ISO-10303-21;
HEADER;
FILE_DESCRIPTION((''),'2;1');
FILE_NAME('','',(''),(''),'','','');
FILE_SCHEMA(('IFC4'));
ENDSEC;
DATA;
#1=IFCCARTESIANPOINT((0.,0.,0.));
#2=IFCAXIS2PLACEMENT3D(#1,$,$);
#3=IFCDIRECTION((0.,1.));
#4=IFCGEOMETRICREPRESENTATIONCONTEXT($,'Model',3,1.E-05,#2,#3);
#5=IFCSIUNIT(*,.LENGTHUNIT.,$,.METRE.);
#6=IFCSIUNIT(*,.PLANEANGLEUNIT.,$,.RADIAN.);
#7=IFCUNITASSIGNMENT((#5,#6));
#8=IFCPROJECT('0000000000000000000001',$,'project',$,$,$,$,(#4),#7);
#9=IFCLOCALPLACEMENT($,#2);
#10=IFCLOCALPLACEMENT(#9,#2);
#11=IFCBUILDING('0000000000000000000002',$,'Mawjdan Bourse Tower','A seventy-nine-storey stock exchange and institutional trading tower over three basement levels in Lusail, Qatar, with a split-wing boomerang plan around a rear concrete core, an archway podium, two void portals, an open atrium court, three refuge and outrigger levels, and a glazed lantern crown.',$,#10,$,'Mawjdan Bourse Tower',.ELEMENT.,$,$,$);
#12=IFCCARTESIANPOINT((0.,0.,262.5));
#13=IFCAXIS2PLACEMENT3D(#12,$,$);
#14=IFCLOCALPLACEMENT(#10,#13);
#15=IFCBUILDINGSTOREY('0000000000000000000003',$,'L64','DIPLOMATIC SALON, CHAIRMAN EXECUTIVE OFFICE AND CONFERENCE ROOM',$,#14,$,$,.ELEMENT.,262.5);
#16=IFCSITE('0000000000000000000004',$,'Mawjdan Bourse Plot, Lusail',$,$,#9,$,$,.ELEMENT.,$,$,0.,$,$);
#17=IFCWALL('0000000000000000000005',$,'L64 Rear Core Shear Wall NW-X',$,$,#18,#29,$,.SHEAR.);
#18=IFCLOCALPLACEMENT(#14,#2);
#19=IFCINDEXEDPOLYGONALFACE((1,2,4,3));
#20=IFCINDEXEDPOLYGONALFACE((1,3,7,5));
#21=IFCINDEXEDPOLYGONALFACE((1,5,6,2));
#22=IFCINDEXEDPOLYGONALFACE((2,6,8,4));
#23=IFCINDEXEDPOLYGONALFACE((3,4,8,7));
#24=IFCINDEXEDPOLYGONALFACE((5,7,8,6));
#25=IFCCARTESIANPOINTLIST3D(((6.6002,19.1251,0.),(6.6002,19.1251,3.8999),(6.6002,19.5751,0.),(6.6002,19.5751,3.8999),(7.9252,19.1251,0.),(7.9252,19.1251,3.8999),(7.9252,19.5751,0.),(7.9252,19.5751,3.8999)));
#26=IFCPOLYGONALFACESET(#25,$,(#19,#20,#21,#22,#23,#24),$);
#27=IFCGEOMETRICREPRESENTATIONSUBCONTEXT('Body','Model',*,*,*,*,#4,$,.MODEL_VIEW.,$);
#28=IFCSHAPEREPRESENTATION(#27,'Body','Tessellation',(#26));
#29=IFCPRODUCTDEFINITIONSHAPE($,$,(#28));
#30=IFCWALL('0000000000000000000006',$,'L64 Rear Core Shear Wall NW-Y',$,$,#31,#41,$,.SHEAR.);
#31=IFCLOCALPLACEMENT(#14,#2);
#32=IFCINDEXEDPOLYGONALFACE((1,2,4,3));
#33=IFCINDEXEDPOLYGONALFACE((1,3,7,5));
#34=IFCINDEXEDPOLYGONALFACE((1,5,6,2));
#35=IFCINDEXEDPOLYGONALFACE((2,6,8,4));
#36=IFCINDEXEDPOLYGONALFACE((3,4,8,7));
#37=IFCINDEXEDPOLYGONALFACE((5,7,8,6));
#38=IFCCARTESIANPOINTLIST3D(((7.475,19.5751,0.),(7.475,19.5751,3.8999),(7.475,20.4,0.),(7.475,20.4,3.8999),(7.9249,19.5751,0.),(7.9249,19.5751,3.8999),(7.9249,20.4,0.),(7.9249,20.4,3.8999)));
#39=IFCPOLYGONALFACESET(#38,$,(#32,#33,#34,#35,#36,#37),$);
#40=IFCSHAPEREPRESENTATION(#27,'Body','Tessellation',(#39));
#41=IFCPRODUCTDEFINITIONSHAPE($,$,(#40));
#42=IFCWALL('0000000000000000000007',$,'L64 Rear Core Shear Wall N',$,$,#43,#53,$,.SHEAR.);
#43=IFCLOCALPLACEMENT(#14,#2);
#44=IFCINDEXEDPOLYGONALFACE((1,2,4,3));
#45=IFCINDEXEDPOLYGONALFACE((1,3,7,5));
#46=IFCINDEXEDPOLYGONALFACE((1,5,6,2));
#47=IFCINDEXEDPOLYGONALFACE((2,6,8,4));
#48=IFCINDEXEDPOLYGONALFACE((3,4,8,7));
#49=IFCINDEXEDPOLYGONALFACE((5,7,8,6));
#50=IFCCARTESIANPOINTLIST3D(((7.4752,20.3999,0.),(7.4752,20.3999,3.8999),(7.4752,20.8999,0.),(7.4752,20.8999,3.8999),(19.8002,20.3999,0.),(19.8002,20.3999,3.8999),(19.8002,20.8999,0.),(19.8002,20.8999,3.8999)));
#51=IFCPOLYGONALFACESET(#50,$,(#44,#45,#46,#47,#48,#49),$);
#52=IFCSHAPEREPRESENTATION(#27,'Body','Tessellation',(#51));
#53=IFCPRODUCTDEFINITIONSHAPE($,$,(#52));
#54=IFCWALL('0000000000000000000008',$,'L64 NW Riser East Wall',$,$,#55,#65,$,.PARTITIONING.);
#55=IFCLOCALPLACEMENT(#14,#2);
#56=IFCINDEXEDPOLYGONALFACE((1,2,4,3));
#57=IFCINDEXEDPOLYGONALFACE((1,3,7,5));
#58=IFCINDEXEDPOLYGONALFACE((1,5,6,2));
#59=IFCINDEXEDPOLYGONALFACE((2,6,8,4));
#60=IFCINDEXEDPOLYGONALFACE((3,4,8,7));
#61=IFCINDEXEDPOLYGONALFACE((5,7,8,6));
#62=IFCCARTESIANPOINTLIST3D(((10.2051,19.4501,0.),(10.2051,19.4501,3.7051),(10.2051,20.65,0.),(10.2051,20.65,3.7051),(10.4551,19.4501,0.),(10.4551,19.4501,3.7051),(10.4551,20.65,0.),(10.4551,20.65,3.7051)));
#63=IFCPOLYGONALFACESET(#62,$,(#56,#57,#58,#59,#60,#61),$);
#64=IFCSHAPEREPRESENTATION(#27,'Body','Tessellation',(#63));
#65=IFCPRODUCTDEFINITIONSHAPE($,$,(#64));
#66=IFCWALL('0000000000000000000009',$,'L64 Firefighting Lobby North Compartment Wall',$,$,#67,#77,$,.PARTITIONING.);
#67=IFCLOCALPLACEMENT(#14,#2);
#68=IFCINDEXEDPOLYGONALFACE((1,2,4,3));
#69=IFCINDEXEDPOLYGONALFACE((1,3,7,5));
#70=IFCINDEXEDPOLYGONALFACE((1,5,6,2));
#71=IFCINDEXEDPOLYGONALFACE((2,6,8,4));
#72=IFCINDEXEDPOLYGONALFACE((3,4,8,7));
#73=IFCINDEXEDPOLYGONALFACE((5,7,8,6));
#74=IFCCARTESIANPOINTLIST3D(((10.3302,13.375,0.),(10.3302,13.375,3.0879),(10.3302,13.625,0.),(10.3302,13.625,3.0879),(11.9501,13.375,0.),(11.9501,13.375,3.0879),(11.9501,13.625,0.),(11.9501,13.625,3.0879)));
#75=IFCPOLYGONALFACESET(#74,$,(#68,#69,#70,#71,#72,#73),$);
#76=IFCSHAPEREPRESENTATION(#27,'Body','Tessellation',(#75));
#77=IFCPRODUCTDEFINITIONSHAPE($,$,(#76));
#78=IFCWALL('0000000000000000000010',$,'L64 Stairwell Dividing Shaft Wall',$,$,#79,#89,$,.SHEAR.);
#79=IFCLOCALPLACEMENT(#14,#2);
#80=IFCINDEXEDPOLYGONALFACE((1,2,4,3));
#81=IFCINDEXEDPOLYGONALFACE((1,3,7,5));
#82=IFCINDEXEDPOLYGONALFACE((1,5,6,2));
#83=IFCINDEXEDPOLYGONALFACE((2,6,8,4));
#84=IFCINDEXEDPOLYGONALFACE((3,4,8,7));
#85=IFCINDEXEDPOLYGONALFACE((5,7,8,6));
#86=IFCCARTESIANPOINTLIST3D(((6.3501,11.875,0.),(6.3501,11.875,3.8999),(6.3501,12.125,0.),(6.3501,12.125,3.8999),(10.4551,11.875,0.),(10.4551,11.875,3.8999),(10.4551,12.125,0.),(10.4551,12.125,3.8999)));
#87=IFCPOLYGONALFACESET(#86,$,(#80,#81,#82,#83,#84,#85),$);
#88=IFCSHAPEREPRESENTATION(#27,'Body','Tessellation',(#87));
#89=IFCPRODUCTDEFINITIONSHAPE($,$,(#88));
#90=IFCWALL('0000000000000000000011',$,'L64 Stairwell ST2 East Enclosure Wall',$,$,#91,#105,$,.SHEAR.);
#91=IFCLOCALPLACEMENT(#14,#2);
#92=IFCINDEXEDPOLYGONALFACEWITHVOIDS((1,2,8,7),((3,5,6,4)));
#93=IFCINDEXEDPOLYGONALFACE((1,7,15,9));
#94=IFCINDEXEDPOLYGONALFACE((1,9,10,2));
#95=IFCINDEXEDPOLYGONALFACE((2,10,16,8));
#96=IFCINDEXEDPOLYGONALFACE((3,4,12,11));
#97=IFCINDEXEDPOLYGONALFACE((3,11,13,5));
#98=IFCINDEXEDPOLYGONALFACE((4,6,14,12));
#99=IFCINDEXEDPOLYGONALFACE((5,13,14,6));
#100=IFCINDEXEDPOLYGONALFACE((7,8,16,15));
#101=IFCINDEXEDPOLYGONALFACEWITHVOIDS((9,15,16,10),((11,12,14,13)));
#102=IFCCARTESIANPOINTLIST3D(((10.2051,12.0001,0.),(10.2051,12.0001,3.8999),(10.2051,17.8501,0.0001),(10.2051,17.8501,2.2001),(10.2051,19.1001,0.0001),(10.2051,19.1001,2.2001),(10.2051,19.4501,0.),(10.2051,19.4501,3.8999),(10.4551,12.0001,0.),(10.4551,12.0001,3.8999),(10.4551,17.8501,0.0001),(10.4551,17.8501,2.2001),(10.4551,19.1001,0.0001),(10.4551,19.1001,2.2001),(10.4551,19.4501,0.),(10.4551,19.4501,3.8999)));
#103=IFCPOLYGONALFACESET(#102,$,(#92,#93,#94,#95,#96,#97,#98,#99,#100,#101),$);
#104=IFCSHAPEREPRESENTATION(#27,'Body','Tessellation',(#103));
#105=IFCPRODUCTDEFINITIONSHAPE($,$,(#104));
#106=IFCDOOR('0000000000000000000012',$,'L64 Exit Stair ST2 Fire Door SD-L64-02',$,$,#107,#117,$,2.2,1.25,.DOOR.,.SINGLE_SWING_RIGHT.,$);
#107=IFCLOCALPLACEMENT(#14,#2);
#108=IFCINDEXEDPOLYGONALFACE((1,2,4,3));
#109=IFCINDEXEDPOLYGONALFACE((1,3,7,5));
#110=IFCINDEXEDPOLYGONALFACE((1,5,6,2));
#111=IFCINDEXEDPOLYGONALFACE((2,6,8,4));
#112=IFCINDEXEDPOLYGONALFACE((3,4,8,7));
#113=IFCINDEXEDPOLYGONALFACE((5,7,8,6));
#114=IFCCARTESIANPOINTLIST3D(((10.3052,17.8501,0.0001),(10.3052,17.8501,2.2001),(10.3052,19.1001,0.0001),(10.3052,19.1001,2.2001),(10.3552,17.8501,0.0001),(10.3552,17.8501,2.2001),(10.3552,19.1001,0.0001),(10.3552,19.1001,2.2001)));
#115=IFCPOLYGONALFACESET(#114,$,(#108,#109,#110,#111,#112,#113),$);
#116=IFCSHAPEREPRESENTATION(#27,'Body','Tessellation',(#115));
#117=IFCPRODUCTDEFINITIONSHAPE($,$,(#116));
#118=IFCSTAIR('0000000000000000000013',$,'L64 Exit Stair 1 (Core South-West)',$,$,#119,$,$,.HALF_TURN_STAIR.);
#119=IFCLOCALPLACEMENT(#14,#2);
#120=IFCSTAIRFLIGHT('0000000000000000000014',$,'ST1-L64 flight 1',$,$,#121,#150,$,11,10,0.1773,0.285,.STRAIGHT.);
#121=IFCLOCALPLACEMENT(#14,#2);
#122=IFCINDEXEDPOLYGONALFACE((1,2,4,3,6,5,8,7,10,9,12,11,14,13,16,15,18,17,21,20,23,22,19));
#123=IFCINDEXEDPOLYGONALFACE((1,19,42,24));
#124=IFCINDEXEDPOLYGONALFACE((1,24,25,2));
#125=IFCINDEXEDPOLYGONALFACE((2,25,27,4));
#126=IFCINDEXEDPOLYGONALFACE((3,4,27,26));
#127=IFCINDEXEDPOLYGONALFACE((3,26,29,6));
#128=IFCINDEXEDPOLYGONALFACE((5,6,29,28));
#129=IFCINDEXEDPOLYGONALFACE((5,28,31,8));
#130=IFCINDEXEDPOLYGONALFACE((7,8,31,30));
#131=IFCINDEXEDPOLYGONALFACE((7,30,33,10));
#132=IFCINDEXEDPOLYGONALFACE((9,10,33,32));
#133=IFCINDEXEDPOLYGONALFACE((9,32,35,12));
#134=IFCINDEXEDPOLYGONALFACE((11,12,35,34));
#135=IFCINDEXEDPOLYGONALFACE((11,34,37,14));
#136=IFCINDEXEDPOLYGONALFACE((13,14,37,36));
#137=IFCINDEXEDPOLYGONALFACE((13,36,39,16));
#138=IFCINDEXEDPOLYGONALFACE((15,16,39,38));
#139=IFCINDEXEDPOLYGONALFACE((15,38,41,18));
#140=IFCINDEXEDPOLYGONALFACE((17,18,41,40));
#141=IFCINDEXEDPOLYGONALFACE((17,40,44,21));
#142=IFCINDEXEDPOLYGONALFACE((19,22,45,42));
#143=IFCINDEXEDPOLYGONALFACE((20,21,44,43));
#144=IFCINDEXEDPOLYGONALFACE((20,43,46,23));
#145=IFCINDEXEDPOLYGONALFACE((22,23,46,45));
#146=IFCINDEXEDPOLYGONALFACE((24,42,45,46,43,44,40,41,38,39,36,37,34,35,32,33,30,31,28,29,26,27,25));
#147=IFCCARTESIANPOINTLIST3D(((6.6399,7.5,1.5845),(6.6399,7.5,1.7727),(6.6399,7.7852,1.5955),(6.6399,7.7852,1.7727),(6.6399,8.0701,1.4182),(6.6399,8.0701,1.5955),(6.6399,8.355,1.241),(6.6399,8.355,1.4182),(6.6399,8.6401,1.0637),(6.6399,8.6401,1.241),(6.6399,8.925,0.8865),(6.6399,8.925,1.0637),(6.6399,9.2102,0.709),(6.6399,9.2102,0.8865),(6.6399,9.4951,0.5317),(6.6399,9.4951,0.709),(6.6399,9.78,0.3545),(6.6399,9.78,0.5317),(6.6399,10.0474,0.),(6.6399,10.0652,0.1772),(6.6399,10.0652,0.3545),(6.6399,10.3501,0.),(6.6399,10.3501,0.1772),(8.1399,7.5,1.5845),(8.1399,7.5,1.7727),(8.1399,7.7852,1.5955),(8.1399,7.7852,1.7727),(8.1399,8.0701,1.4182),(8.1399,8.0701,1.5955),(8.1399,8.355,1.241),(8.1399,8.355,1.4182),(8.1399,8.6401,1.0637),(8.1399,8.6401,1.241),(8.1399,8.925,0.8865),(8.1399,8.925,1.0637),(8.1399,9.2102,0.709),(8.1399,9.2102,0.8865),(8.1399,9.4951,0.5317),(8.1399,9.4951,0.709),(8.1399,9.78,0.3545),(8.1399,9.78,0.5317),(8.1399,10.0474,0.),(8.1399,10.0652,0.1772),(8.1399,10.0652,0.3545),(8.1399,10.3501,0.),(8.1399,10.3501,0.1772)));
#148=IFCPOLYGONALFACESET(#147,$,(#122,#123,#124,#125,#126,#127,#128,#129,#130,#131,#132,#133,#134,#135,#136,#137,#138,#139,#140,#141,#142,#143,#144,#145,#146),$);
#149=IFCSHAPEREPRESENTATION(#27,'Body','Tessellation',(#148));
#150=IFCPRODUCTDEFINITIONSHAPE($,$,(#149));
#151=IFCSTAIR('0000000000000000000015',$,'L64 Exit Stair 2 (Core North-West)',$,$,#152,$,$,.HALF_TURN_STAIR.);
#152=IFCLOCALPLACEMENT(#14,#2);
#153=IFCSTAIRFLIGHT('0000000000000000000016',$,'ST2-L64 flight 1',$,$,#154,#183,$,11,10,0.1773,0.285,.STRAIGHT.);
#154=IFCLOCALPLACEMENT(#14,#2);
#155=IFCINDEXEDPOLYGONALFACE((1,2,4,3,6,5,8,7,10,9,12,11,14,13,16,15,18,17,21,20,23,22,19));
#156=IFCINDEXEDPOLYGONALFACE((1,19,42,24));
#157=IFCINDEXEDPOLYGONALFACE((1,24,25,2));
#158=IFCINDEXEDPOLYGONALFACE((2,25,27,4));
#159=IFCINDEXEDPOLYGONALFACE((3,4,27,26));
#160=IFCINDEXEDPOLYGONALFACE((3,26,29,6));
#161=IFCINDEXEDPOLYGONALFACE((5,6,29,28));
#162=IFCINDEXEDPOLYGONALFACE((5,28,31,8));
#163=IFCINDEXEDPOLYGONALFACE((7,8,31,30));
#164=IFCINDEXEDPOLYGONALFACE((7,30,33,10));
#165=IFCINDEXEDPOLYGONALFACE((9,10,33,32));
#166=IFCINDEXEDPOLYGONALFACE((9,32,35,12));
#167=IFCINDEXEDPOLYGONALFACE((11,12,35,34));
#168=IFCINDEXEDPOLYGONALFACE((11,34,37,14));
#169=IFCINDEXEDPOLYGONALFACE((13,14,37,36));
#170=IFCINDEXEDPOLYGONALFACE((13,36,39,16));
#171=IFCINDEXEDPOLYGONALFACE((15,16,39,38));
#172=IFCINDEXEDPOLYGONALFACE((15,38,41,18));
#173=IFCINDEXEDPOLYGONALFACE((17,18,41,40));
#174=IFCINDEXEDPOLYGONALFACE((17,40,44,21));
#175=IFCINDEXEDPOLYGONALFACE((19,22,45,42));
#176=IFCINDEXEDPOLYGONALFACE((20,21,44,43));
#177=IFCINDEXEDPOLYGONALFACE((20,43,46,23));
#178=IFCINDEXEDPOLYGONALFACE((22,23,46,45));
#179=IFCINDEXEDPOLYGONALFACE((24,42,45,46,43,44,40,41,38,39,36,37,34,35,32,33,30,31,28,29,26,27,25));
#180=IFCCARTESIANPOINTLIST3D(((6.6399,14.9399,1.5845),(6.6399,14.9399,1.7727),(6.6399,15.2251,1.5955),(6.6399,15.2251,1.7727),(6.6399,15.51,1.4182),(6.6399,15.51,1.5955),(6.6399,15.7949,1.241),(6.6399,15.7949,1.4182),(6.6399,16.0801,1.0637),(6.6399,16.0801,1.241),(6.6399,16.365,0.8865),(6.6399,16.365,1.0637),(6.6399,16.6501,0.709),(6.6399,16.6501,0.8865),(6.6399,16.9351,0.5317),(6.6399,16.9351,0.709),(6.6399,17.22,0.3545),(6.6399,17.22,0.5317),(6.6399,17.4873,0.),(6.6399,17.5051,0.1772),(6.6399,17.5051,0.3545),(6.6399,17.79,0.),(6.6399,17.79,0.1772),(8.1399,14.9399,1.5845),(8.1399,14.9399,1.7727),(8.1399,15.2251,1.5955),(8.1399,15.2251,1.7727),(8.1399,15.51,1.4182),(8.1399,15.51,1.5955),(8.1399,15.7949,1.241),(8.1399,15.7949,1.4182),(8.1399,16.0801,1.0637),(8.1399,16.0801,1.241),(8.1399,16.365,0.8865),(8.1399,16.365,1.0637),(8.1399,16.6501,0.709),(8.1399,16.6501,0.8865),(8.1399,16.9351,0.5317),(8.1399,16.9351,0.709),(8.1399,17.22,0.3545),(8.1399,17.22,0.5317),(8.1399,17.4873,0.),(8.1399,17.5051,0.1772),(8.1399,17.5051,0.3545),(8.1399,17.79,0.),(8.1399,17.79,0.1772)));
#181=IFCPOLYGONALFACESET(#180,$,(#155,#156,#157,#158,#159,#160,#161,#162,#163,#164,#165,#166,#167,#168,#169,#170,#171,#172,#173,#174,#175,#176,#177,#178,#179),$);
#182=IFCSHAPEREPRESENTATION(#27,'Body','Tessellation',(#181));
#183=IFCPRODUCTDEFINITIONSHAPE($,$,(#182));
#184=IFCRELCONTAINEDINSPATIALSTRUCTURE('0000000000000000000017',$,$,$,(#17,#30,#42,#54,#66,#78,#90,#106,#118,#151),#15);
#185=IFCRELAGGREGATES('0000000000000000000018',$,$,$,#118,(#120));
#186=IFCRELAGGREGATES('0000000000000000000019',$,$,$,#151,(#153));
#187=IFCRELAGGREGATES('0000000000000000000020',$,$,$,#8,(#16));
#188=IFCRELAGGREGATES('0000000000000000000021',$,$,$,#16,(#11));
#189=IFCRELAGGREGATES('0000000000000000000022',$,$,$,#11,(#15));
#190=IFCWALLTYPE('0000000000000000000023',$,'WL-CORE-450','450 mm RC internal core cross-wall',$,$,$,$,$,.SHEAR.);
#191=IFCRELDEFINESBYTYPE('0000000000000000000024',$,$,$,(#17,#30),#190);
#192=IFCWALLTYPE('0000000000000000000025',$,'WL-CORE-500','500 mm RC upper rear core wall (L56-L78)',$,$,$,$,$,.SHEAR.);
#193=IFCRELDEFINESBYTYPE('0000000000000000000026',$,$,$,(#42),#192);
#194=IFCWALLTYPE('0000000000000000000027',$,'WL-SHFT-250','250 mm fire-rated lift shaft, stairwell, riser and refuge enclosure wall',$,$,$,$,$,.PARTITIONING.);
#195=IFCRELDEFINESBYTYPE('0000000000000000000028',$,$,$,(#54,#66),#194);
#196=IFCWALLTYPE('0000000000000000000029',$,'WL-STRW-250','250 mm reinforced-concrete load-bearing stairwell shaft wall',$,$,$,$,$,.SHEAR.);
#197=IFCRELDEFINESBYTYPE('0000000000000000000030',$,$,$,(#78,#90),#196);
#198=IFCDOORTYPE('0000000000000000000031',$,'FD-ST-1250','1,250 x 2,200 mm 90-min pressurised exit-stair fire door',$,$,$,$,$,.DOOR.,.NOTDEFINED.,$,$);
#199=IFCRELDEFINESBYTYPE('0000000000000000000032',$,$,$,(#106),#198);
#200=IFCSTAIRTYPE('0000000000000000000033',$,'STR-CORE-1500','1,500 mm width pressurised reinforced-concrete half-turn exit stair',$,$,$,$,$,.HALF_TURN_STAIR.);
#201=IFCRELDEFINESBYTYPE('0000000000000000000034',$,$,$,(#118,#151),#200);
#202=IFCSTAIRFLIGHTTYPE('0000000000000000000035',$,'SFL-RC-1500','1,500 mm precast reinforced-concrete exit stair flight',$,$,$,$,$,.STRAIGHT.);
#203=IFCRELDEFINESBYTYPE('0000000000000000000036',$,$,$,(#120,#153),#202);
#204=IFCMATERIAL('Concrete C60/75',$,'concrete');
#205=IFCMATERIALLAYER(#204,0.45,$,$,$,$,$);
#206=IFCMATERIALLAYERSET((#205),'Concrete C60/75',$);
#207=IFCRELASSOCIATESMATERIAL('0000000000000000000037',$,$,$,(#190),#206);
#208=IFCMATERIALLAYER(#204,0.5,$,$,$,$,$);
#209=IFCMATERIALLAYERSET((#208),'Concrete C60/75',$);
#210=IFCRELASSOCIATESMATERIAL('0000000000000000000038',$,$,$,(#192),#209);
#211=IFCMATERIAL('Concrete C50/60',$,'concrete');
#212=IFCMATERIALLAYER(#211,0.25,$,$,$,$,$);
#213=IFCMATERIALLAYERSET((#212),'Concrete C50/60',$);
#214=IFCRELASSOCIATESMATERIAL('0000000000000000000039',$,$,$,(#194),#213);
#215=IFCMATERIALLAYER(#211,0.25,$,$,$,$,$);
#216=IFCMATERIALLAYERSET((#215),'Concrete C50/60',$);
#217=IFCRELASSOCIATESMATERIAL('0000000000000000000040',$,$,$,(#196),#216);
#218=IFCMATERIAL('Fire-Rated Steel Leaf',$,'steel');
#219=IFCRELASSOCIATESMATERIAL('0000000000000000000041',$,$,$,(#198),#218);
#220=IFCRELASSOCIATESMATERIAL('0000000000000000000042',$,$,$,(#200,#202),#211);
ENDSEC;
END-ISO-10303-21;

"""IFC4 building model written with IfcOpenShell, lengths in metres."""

from ifc_helpers import new_model, si_unit, direction, frame, frame_2d, origin, place, context, subcontext, project, spatial, polyline, rectangle, outline, extrude, material, layer, layer_set, type_object, element, fill, aggregate, save


model = new_model("IFC4")

# Units and contexts
model_context = context("Model", 3, precision=1e-05, world=origin(), true_north=direction((0.0, 1.0)))
body_context = subcontext(model_context, "Body", "Model", "MODEL_VIEW")
ifc_project = project(units=[si_unit("LENGTHUNIT", "METRE"), si_unit("PLANEANGLEUNIT", "RADIAN")], contexts=[model_context])

# Site, building, storey
site_placement = place(None, origin())
site = spatial("IfcSite", under=ifc_project, at=site_placement, Name="Mawjdan Bourse Plot, Lusail", CompositionType="ELEMENT", RefElevation=0.0)
building_placement = place(site_placement, origin())
building = spatial("IfcBuilding", under=site, at=building_placement, Name="Mawjdan Bourse Tower", Description="A seventy-nine-storey stock exchange and institutional trading tower over three basement levels in Lusail, Qatar, with a split-wing boomerang plan around a rear concrete core, an archway podium, two void portals, an open atrium court, three refuge and outrigger levels, and a glazed lantern crown.", LongName="Mawjdan Bourse Tower", CompositionType="ELEMENT")
storey_placement = place(building_placement, frame((0.0, 0.0, 262.5)))
storey = spatial("IfcBuildingStorey", under=building, at=storey_placement, Name="L64", Description="DIPLOMATIC SALON, CHAIRMAN EXECUTIVE OFFICE AND CONFERENCE ROOM", CompositionType="ELEMENT", Elevation=262.5)

# Walls
ifc_material_1 = material(Name="Concrete C60/75", Category="concrete")
ifc_layer_1 = layer(ifc_material_1, 0.45)
ifc_layer_set_1 = layer_set([ifc_layer_1], Name="Concrete C60/75")
wall_type_1 = type_object("IfcWallType", Name="WL-CORE-450", Description="450 mm RC internal core cross-wall", PredefinedType="SHEAR", material=ifc_layer_set_1)
wall_1_placement = place(storey_placement, frame((6.6001, 19.3501, 0.0), z_axis=(0.0, 0.0, 1.0), x_axis=(1.0, 0.0, 0.0)))
element("IfcWall", 1, at=wall_1_placement, inside=storey, type_object=wall_type_1, Name="L64 Rear Core Shear Wall NW-X", PredefinedType="SHEAR", context=body_context, shape_type="SweptSolid", body=[
    extrude(rectangle(XDim=1.325, YDim=0.45, at=frame_2d((0.6626, 0.0))), origin(), (0.0, 0.0, 1.0), 3.8999),
])
wall_2_placement = place(storey_placement, frame((7.7, 19.575, 0.0), z_axis=(0.0, 0.0, 1.0), x_axis=(0.0, 1.0, 0.0)))
element("IfcWall", 2, at=wall_2_placement, inside=storey, type_object=wall_type_1, Name="L64 Rear Core Shear Wall NW-Y", PredefinedType="SHEAR", context=body_context, shape_type="SweptSolid", body=[
    extrude(rectangle(XDim=0.825, YDim=0.45, at=frame_2d((0.4126, 0.0))), origin(), (0.0, 0.0, 1.0), 3.8999),
])
ifc_layer_2 = layer(ifc_material_1, 0.5)
ifc_layer_set_2 = layer_set([ifc_layer_2], Name="Concrete C60/75")
wall_type_2 = type_object("IfcWallType", Name="WL-CORE-500", Description="500 mm RC upper rear core wall (L56-L78)", PredefinedType="SHEAR", material=ifc_layer_set_2)
wall_3_placement = place(storey_placement, frame((7.4751, 20.6499, 0.0), z_axis=(0.0, 0.0, 1.0), x_axis=(1.0, 0.0, 0.0)))
element("IfcWall", 3, at=wall_3_placement, inside=storey, type_object=wall_type_2, Name="L64 Rear Core Shear Wall N", PredefinedType="SHEAR", context=body_context, shape_type="SweptSolid", body=[
    extrude(rectangle(XDim=12.325, YDim=0.5, at=frame_2d((6.1626, 0.0))), origin(), (0.0, 0.0, 1.0), 3.8999),
])
ifc_material_2 = material(Name="Concrete C50/60", Category="concrete")
ifc_layer_3 = layer(ifc_material_2, 0.25)
ifc_layer_set_3 = layer_set([ifc_layer_3], Name="Concrete C50/60")
wall_type_3 = type_object("IfcWallType", Name="WL-SHFT-250", Description="250 mm fire-rated lift shaft, stairwell, riser and refuge enclosure wall", PredefinedType="PARTITIONING", material=ifc_layer_set_3)
wall_4_placement = place(storey_placement, frame((10.3301, 19.45, 0.0), z_axis=(0.0, 0.0, 1.0), x_axis=(0.0, 1.0, 0.0)))
element("IfcWall", 4, at=wall_4_placement, inside=storey, type_object=wall_type_3, Name="L64 NW Riser East Wall", PredefinedType="PARTITIONING", context=body_context, shape_type="SweptSolid", body=[
    extrude(rectangle(XDim=1.2, YDim=0.25, at=frame_2d((0.6001, 0.0))), origin(), (0.0, 0.0, 1.0), 3.7051),
])
wall_5_placement = place(storey_placement, frame((10.3301, 13.5, 0.0), z_axis=(0.0, 0.0, 1.0), x_axis=(1.0, 0.0, 0.0)))
element("IfcWall", 5, at=wall_5_placement, inside=storey, type_object=wall_type_3, Name="L64 Firefighting Lobby North Compartment Wall", PredefinedType="PARTITIONING", context=body_context, shape_type="SweptSolid", body=[
    extrude(rectangle(XDim=1.6199, YDim=0.25, at=frame_2d((0.8101, 0.0))), origin(), (0.0, 0.0, 1.0), 3.0879),
])
ifc_layer_4 = layer(ifc_material_2, 0.25)
ifc_layer_set_4 = layer_set([ifc_layer_4], Name="Concrete C50/60")
wall_type_4 = type_object("IfcWallType", Name="WL-STRW-250", Description="250 mm reinforced-concrete load-bearing stairwell shaft wall", PredefinedType="SHEAR", material=ifc_layer_set_4)
wall_6_placement = place(storey_placement, frame((6.3501, 12.0, 0.0), z_axis=(0.0, 0.0, 1.0), x_axis=(1.0, 0.0, 0.0)))
element("IfcWall", 6, at=wall_6_placement, inside=storey, type_object=wall_type_4, Name="L64 Stairwell Dividing Shaft Wall", PredefinedType="SHEAR", context=body_context, shape_type="SweptSolid", body=[
    extrude(rectangle(XDim=4.105, YDim=0.25, at=frame_2d((2.0525, 0.0))), origin(), (0.0, 0.0, 1.0), 3.8999),
])

# Wall, opening, door
wall_7_placement = place(storey_placement, frame((10.3301, 12.0, 0.0), z_axis=(0.0, 0.0, 1.0), x_axis=(0.0, 1.0, 0.0)))
wall_7 = element("IfcWall", 7, at=wall_7_placement, inside=storey, type_object=wall_type_4, Name="L64 Stairwell ST2 East Enclosure Wall", PredefinedType="SHEAR", context=body_context, shape_type="SweptSolid", body=[
    extrude(rectangle(XDim=7.45, YDim=0.25, at=frame_2d((3.7251, 0.0))), origin(), (0.0, 0.0, 1.0), 3.8999),
])
opening_placement = place(wall_7_placement, frame((5.8501, 0.0, 0.0)))
opening = element("IfcOpeningElement", 8, at=opening_placement, cuts=wall_7, PredefinedType="OPENING", context=body_context, shape_type="SweptSolid", body=[
    extrude(rectangle(XDim=1.25, YDim=2.2, at=frame_2d((0.625, 1.1001))), frame((0.0, 0.135, 0.0), z_axis=(0.0, -1.0, 0.0), x_axis=(1.0, 0.0, 0.0)), (0.0, 0.0, 1.0), 0.27),
])
ifc_material_3 = material(Name="Fire-Rated Steel Leaf", Category="steel")
door_type = type_object("IfcDoorType", Name="FD-ST-1250", Description="1,250 x 2,200 mm 90-min pressurised exit-stair fire door", OperationType="NOTDEFINED", PredefinedType="DOOR", material=ifc_material_3)
door_placement = place(opening_placement, origin())
door = element("IfcDoor", 9, at=door_placement, inside=storey, type_object=door_type, Name="L64 Exit Stair ST2 Fire Door SD-L64-02", OperationType="SINGLE_SWING_RIGHT", OverallHeight=2.2, OverallWidth=1.25, PredefinedType="DOOR", context=body_context, shape_type="SweptSolid", body=[
    extrude(rectangle(XDim=1.25, YDim=2.2, at=frame_2d((0.625, 1.1001))), frame((0.0, 0.0249, 0.0), z_axis=(0.0, -1.0, 0.0), x_axis=(1.0, 0.0, 0.0)), (0.0, 0.0, 1.0), 0.05),
])
fill(opening, door)

# Stair, stair flight
stair_type = type_object("IfcStairType", Name="STR-CORE-1500", Description="1,500 mm width pressurised reinforced-concrete half-turn exit stair", PredefinedType="HALF_TURN_STAIR", material=ifc_material_2)
stair_1_placement = place(storey_placement, origin())
stair_1 = element("IfcStair", 10, at=stair_1_placement, inside=storey, type_object=stair_type, Name="L64 Exit Stair 1 (Core South-West)", PredefinedType="HALF_TURN_STAIR")
stair_flight_type = type_object("IfcStairFlightType", Name="SFL-RC-1500", Description="1,500 mm precast reinforced-concrete exit stair flight", PredefinedType="STRAIGHT", material=ifc_material_2)
stair_flight_1_placement = place(storey_placement, frame((7.3899, 10.3501, 0.0), z_axis=(0.0, 0.0, 1.0), x_axis=(0.0, -1.0, 0.0)))
stair_flight_1 = element("IfcStairFlight", 11, at=stair_flight_1_placement, type_object=stair_flight_type, Name="ST1-L64 flight 1", NumberOfRisers=11, NumberOfTreads=10, PredefinedType="STRAIGHT", RiserHeight=0.1773, TreadLength=0.285, context=body_context, shape_type="SweptSolid", body=[
    extrude(outline(polyline([(0.0, 0.0), (0.0, 0.1772), (0.2849, 0.1772), (0.2849, 0.3545), (0.5701, 0.3545), (0.5701, 0.5317), (0.855, 0.5317), (0.855, 0.709), (1.1399, 0.709), (1.1399, 0.8865), (1.425, 0.8865), (1.425, 1.0637), (1.71, 1.0637), (1.71, 1.241), (1.9951, 1.241), (1.9951, 1.4182), (2.28, 1.4182), (2.28, 1.5955), (2.5649, 1.5955), (2.5649, 1.7727), (2.8501, 1.7727), (2.8501, 1.95), (2.8501, 1.5845), (0.3027, 0.0), (0.0, 0.0)])), frame((0.0, 0.75, 0.0), z_axis=(0.0, -1.0, 0.0), x_axis=(1.0, 0.0, 0.0)), (0.0, 0.0, 1.0), 1.5),
])
aggregate(stair_1, [stair_flight_1])

# Stair, stair flight
stair_2_placement = place(storey_placement, origin())
stair_2 = element("IfcStair", 12, at=stair_2_placement, inside=storey, type_object=stair_type, Name="L64 Exit Stair 2 (Core North-West)", PredefinedType="HALF_TURN_STAIR")
stair_flight_2_placement = place(storey_placement, frame((7.3899, 17.79, 0.0), z_axis=(0.0, 0.0, 1.0), x_axis=(0.0, -1.0, 0.0)))
stair_flight_2 = element("IfcStairFlight", 13, at=stair_flight_2_placement, type_object=stair_flight_type, Name="ST2-L64 flight 1", NumberOfRisers=11, NumberOfTreads=10, PredefinedType="STRAIGHT", RiserHeight=0.1773, TreadLength=0.285, context=body_context, shape_type="SweptSolid", body=[
    extrude(outline(polyline([(0.0, 0.0), (0.0, 0.1772), (0.2849, 0.1772), (0.2849, 0.3545), (0.5701, 0.3545), (0.5701, 0.5317), (0.855, 0.5317), (0.855, 0.709), (1.1399, 0.709), (1.1399, 0.8865), (1.425, 0.8865), (1.425, 1.0637), (1.71, 1.0637), (1.71, 1.241), (1.9951, 1.241), (1.9951, 1.4182), (2.28, 1.4182), (2.28, 1.5955), (2.5649, 1.5955), (2.5649, 1.7727), (2.8501, 1.7727), (2.8501, 1.95), (2.8501, 1.5845), (0.3027, 0.0), (0.0, 0.0)])), frame((0.0, 0.75, 0.0), z_axis=(0.0, -1.0, 0.0), x_axis=(1.0, 0.0, 0.0)), (0.0, 0.0, 1.0), 1.5),
])
aggregate(stair_2, [stair_flight_2])

save(model, "model.ifc")
